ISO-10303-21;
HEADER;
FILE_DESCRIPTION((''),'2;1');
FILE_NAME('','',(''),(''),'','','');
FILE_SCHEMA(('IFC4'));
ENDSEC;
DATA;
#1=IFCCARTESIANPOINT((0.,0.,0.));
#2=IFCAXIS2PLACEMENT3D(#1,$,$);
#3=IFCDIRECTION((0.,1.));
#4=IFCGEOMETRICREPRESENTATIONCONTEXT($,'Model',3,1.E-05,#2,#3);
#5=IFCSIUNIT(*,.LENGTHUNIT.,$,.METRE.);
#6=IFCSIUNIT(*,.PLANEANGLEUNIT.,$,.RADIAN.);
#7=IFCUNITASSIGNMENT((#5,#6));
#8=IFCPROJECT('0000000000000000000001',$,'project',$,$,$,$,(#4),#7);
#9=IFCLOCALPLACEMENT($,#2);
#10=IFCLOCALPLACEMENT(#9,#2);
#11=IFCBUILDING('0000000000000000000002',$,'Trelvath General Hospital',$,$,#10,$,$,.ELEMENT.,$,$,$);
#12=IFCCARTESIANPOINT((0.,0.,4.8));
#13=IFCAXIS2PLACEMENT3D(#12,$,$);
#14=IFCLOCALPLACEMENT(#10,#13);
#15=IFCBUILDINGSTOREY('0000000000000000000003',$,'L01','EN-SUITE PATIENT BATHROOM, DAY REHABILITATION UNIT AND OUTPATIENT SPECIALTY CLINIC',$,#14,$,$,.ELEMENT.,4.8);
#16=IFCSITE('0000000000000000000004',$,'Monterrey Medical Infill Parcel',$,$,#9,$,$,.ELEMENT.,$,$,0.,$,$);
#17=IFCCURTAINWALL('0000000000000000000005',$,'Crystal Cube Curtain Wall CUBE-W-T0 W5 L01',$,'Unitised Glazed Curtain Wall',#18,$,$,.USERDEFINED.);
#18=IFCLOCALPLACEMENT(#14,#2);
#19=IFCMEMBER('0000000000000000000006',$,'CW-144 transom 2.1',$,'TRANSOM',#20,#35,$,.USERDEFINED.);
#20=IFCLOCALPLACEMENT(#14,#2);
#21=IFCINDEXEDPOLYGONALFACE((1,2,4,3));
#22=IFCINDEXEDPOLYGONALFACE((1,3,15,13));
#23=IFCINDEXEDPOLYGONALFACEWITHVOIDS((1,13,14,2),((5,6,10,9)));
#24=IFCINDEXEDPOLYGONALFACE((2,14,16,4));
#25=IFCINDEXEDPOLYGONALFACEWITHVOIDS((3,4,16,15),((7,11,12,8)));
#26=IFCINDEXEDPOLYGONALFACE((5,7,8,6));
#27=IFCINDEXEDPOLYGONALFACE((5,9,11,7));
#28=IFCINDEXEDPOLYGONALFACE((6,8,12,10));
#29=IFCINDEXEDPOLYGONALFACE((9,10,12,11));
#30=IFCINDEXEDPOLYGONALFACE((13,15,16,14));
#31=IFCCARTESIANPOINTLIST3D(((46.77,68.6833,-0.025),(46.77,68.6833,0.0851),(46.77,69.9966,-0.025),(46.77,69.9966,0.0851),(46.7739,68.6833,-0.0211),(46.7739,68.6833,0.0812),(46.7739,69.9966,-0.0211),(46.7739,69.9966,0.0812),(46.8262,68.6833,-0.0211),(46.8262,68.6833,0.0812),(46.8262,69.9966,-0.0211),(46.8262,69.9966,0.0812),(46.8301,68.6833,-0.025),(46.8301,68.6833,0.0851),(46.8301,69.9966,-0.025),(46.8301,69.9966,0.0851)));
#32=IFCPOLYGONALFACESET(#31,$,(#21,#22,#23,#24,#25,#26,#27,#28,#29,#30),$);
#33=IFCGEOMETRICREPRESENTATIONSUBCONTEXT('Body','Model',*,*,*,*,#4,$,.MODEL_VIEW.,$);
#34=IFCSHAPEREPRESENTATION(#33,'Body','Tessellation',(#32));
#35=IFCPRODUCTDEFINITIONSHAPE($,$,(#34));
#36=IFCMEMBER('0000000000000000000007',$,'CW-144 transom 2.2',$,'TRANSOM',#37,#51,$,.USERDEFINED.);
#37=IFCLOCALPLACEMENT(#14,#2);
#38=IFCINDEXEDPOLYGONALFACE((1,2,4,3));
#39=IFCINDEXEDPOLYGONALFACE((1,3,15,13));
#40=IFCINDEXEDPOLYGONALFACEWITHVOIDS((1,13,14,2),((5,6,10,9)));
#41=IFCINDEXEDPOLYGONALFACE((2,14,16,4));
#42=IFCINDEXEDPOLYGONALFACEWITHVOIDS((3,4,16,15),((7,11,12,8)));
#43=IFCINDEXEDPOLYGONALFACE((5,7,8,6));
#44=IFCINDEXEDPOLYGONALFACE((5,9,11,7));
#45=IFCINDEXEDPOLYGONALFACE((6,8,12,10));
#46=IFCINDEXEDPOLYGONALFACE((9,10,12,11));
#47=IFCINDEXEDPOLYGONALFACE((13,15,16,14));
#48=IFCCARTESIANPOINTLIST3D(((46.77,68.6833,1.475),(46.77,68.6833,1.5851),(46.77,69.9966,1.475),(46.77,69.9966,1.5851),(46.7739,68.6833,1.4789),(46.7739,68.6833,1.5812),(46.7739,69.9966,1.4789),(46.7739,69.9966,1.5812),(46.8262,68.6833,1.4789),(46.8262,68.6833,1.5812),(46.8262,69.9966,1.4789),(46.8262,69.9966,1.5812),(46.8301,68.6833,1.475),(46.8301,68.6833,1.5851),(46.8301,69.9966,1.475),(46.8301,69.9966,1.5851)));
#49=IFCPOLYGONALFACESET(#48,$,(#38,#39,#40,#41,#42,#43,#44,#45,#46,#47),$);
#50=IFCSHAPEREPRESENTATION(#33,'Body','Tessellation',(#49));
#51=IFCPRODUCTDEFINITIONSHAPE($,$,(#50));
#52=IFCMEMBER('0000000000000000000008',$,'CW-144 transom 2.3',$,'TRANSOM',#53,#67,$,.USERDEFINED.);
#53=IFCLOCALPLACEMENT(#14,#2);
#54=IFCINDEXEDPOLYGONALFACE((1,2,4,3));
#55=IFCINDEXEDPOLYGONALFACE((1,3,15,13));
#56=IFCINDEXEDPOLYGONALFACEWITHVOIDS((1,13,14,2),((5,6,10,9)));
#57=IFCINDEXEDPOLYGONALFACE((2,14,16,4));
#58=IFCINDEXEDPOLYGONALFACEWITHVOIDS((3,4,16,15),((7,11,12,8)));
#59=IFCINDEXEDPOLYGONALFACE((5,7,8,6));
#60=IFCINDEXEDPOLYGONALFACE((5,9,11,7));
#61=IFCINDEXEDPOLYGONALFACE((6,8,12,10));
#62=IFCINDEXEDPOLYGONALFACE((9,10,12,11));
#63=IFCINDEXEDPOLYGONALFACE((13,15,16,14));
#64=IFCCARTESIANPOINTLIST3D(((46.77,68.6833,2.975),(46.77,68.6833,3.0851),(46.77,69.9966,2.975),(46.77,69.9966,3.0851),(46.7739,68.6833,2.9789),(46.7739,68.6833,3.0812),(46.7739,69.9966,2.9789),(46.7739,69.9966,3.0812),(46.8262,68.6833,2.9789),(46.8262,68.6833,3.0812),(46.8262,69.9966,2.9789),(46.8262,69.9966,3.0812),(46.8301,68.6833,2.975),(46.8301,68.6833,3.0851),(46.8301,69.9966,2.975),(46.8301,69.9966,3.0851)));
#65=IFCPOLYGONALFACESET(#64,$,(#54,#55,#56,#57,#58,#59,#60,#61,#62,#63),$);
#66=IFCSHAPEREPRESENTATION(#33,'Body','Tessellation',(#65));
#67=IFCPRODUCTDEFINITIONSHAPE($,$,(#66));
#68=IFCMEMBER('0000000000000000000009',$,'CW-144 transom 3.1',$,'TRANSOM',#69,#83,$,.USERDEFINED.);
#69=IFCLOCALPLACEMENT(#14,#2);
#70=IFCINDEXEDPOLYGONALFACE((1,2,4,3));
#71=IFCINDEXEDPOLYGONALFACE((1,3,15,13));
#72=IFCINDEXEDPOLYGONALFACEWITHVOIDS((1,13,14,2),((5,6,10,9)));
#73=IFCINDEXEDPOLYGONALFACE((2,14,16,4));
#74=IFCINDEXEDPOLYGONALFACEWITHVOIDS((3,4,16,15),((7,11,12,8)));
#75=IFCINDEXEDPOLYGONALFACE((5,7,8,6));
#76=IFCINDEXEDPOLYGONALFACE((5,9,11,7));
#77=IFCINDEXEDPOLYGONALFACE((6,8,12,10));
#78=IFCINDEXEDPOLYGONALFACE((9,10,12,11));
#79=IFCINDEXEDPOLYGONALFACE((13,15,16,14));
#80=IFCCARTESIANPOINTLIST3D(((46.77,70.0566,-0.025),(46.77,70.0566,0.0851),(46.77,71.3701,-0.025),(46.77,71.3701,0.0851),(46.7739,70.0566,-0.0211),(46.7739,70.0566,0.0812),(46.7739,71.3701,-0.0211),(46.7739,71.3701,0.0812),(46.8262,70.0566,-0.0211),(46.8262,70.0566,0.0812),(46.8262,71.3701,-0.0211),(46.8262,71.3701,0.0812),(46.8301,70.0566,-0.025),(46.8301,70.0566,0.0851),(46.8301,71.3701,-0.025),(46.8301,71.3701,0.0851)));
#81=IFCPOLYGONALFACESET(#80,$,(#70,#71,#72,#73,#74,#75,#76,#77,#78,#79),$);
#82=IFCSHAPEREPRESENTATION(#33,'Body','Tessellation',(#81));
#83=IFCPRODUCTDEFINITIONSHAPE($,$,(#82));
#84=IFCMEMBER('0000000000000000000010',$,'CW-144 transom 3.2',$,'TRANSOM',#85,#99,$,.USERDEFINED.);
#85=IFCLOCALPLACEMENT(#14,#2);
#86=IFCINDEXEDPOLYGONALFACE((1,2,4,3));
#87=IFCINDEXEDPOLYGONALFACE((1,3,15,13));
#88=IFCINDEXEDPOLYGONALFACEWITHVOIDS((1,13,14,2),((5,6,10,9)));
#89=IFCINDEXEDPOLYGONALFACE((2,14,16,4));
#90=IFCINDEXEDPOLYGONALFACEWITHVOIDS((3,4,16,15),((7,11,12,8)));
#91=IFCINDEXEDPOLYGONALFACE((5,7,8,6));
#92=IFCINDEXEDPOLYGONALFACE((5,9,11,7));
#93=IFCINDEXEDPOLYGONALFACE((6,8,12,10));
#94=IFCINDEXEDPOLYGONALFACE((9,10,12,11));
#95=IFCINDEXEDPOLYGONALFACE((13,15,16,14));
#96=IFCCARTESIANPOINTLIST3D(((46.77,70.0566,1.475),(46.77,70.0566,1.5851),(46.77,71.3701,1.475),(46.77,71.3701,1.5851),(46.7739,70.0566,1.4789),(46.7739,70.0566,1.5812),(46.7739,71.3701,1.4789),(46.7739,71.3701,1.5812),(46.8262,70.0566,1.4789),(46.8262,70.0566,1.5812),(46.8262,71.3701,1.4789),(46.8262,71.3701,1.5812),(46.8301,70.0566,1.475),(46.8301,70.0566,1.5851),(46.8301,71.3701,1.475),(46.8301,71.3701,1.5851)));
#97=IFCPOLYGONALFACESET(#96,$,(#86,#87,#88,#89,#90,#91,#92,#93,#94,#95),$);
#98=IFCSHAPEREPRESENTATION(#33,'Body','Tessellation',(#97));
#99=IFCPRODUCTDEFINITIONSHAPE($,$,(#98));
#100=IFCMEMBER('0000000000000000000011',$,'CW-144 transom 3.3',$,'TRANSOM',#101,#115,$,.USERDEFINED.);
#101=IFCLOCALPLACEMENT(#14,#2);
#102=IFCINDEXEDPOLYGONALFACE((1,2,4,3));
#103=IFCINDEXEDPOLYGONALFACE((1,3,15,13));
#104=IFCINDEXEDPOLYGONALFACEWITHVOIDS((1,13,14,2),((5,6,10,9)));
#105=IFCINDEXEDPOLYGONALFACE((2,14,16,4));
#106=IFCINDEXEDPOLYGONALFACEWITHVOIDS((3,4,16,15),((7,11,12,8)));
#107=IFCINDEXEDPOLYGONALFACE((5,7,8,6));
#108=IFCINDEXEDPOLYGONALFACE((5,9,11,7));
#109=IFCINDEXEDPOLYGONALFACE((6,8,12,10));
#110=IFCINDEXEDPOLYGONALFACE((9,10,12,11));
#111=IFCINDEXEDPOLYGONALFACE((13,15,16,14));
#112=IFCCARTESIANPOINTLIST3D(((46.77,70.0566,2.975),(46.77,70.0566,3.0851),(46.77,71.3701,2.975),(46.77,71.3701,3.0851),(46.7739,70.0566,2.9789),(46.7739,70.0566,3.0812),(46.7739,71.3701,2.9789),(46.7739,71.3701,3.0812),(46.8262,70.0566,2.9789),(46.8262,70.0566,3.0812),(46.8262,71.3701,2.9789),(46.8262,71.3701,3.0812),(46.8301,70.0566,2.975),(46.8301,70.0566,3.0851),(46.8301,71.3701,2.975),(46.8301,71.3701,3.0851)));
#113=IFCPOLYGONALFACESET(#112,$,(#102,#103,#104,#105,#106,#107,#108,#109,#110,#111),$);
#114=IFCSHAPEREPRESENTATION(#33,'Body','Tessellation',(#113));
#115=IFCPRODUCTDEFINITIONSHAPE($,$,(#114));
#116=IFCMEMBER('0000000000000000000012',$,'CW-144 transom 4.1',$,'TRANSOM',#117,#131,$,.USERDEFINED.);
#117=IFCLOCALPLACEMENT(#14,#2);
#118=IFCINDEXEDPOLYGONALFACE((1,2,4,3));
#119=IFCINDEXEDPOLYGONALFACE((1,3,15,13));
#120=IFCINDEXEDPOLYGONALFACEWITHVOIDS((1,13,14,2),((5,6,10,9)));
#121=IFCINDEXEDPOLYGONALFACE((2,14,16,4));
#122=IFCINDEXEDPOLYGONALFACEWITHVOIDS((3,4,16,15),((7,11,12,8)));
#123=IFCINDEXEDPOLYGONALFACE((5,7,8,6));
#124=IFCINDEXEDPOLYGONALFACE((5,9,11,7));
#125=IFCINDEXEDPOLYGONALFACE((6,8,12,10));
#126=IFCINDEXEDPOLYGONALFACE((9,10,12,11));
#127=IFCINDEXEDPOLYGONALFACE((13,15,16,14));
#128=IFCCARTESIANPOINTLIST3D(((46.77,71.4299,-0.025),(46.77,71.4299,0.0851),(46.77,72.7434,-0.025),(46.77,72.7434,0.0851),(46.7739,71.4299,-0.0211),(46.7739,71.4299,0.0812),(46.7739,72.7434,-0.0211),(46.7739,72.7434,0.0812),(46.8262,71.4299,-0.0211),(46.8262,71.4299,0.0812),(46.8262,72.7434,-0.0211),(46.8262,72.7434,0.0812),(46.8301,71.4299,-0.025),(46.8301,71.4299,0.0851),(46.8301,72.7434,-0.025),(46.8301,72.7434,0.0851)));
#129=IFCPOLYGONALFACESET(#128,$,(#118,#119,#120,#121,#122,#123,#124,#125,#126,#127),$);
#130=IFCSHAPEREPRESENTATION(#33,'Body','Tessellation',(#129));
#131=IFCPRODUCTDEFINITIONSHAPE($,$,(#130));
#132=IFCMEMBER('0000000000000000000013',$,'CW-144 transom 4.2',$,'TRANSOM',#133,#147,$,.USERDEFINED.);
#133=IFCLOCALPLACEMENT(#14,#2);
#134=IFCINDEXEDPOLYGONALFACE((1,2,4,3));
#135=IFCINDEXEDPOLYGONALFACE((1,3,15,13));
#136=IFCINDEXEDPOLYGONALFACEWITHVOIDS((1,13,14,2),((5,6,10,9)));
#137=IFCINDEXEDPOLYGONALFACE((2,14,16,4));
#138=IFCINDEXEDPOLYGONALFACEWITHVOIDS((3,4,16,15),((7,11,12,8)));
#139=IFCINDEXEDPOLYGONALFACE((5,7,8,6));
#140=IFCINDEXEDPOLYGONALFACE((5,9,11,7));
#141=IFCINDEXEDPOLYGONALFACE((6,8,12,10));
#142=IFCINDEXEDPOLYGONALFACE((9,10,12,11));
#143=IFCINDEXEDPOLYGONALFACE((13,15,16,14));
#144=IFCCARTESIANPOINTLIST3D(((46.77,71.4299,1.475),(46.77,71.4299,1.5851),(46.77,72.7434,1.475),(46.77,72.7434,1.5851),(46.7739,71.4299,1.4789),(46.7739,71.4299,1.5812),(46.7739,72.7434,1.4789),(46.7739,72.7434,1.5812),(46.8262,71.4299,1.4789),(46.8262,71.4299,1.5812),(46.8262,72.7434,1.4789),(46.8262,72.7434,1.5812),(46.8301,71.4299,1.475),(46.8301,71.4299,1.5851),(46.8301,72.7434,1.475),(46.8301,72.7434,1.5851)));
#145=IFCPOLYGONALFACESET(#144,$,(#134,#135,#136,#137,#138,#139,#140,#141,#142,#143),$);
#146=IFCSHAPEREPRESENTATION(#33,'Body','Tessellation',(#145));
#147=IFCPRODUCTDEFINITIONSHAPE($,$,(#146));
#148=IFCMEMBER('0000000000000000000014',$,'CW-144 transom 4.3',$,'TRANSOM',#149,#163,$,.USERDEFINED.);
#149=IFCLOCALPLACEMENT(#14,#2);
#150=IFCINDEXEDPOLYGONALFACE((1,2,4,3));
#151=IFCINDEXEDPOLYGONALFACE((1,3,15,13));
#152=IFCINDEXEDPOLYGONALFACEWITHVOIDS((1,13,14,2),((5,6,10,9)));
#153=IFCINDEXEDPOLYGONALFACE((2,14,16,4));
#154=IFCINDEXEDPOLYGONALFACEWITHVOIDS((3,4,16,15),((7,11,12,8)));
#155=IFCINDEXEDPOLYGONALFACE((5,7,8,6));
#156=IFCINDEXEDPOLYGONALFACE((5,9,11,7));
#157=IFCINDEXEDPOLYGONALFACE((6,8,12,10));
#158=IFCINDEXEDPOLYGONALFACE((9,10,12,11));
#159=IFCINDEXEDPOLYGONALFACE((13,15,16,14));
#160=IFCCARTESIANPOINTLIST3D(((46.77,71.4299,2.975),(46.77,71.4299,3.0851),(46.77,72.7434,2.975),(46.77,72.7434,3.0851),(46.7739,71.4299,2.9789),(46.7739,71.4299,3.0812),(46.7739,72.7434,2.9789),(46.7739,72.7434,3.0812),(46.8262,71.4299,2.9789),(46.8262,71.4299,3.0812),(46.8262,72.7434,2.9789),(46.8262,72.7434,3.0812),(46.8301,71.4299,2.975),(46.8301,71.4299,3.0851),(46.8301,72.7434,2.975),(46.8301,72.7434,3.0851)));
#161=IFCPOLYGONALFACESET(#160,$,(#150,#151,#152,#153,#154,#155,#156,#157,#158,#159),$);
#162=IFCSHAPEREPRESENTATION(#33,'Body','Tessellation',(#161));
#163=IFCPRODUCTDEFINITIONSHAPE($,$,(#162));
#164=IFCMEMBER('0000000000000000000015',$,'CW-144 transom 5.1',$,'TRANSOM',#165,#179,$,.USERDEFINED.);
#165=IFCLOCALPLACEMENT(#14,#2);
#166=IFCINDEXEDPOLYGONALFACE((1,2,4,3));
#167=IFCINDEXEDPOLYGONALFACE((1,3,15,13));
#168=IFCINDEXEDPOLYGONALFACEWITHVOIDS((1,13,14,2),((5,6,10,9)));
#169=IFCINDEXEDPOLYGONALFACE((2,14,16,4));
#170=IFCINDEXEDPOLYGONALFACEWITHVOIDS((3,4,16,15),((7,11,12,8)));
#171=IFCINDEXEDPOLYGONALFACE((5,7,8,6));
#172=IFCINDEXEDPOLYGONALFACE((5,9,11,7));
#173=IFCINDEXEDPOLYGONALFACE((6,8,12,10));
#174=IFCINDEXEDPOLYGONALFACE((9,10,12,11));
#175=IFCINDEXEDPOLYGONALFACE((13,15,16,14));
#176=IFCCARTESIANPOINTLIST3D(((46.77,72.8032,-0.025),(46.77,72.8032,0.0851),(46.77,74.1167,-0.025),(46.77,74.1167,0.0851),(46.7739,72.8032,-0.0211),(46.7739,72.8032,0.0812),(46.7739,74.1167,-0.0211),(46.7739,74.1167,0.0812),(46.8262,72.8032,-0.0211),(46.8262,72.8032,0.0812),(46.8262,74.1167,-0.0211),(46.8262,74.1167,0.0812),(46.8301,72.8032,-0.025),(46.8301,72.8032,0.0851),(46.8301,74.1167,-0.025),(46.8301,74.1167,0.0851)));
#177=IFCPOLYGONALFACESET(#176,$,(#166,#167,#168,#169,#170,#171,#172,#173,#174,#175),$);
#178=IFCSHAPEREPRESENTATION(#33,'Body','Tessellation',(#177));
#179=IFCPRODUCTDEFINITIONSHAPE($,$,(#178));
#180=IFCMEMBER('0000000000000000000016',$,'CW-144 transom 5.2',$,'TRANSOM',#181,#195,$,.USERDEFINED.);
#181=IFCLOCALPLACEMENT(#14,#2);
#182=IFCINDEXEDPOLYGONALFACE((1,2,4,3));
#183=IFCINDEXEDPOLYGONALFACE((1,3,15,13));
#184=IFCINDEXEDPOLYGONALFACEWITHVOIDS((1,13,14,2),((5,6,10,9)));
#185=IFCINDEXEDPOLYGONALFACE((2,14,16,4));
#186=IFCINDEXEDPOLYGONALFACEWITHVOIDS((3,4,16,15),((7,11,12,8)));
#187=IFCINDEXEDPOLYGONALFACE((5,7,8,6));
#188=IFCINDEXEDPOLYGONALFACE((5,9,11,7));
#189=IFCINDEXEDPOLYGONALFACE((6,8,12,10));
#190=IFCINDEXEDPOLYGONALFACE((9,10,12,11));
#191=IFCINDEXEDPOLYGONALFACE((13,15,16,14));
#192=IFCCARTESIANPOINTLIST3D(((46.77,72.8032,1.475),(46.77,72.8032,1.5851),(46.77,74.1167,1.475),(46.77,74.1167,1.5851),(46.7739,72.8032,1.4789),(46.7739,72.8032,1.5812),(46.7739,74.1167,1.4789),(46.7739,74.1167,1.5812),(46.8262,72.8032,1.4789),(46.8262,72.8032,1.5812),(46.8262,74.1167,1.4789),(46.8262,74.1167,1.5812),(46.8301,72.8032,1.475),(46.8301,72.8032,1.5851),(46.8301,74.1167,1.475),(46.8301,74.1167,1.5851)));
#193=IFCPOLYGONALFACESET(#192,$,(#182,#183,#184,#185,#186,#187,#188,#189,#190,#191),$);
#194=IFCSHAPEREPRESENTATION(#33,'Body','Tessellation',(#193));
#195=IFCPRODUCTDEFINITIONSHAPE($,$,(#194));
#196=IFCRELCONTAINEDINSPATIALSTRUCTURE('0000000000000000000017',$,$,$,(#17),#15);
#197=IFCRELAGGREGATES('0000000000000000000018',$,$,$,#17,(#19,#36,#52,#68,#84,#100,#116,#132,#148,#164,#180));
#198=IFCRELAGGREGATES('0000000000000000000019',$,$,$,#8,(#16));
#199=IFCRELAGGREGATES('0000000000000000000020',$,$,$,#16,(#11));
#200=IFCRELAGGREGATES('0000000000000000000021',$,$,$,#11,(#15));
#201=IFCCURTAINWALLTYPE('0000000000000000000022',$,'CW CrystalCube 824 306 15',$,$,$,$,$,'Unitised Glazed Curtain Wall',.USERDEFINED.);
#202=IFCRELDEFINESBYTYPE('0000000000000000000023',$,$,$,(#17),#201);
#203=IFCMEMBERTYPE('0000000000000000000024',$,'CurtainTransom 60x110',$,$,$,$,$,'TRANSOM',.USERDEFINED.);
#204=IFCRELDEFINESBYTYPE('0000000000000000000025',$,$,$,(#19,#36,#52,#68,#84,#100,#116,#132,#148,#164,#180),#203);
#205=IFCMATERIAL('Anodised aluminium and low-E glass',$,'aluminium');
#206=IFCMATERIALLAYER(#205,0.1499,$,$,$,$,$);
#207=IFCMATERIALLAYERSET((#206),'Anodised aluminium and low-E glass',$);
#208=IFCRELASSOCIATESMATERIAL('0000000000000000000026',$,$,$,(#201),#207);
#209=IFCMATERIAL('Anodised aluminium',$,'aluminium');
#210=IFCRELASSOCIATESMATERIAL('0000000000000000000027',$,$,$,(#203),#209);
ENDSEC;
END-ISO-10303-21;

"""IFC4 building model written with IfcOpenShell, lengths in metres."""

from ifc_helpers import new_model, si_unit, direction, frame, origin, origin_2d, place, context, subcontext, project, spatial, hollow_rectangle, extrude, material, layer, layer_set, material_profile, profile_set, type_object, element, aggregate, save


model = new_model("IFC4")

# Units and contexts
model_context = context("Model", 3, precision=1e-05, world=origin(), true_north=direction((0.0, 1.0)))
body_context = subcontext(model_context, "Body", "Model", "MODEL_VIEW")
ifc_project = project(units=[si_unit("LENGTHUNIT", "METRE"), si_unit("PLANEANGLEUNIT", "RADIAN")], contexts=[model_context])

# Site, building, storey
site_placement = place(None, origin())
site = spatial("IfcSite", under=ifc_project, at=site_placement, Name="Monterrey Medical Infill Parcel", CompositionType="ELEMENT", RefElevation=0.0)
building_placement = place(site_placement, origin())
building = spatial("IfcBuilding", under=site, at=building_placement, Name="Trelvath General Hospital", CompositionType="ELEMENT")
storey_placement = place(building_placement, frame((0.0, 0.0, 4.8)))
storey = spatial("IfcBuildingStorey", under=building, at=storey_placement, Name="L01", Description="EN-SUITE PATIENT BATHROOM, DAY REHABILITATION UNIT AND OUTPATIENT SPECIALTY CLINIC", CompositionType="ELEMENT", Elevation=4.8)

# Curtain wall, members
ifc_material_1 = material(Name="Anodised aluminium and low-E glass", Category="aluminium")
ifc_layer_1 = layer(ifc_material_1, 0.1499)
ifc_layer_set_1 = layer_set([ifc_layer_1], Name="Anodised aluminium and low-E glass")
curtain_wall_type = type_object("IfcCurtainWallType", Name="CW CrystalCube 824 306 15", ElementType="Unitised Glazed Curtain Wall", PredefinedType="USERDEFINED", material=ifc_layer_set_1)
curtain_wall_placement = place(storey_placement, origin())
curtain_wall = element("IfcCurtainWall", 1, at=curtain_wall_placement, inside=storey, type_object=curtain_wall_type, Name="Crystal Cube Curtain Wall CUBE-W-T0 W5 L01", ObjectType="Unitised Glazed Curtain Wall", PredefinedType="USERDEFINED")
ifc_material_2 = material(Name="Anodised aluminium", Category="aluminium")
ifc_material_profile_1 = material_profile(ifc_material_2, hollow_rectangle(XDim=0.0601, YDim=0.1101, WallThickness=0.0039, at=origin_2d()), Name="RHS60x110x4")
ifc_profile_set_1 = profile_set([ifc_material_profile_1], Name="Anodised aluminium")
member_type_1 = type_object("IfcMemberType", Name="CurtainTransom 60x110", ElementType="TRANSOM", PredefinedType="USERDEFINED", material=ifc_profile_set_1)
member_1_placement = place(storey_placement, frame((46.8, 68.6833, 0.03), z_axis=(0.0, 1.0, 0.0), x_axis=(-1.0, 0.0, 0.0)))
member_1 = element("IfcMember", 2, at=member_1_placement, type_object=member_type_1, Name="CW-144 transom 2.1", ObjectType="TRANSOM", PredefinedType="USERDEFINED", context=body_context, shape_type="SweptSolid", body=[
    extrude(hollow_rectangle(XDim=0.0601, YDim=0.1101, WallThickness=0.0039, at=origin_2d()), origin(), (0.0, 0.0, 1.0), 1.3132),
])
member_2_placement = place(storey_placement, frame((46.8, 68.6833, 1.53), z_axis=(0.0, 1.0, 0.0), x_axis=(-1.0, 0.0, 0.0)))
member_2 = element("IfcMember", 3, at=member_2_placement, type_object=member_type_1, Name="CW-144 transom 2.2", ObjectType="TRANSOM", PredefinedType="USERDEFINED", context=body_context, shape_type="SweptSolid", body=[
    extrude(hollow_rectangle(XDim=0.0601, YDim=0.1101, WallThickness=0.0039, at=origin_2d()), origin(), (0.0, 0.0, 1.0), 1.3132),
])
member_3_placement = place(storey_placement, frame((46.8, 68.6833, 3.03), z_axis=(0.0, 1.0, 0.0), x_axis=(-1.0, 0.0, 0.0)))
member_3 = element("IfcMember", 4, at=member_3_placement, type_object=member_type_1, Name="CW-144 transom 2.3", ObjectType="TRANSOM", PredefinedType="USERDEFINED", context=body_context, shape_type="SweptSolid", body=[
    extrude(hollow_rectangle(XDim=0.0601, YDim=0.1101, WallThickness=0.0039, at=origin_2d()), origin(), (0.0, 0.0, 1.0), 1.3132),
])
member_4_placement = place(storey_placement, frame((46.8, 70.0566, 0.03), z_axis=(0.0, 1.0, 0.0), x_axis=(-1.0, 0.0, 0.0)))
member_4 = element("IfcMember", 5, at=member_4_placement, type_object=member_type_1, Name="CW-144 transom 3.1", ObjectType="TRANSOM", PredefinedType="USERDEFINED", context=body_context, shape_type="SweptSolid", body=[
    extrude(hollow_rectangle(XDim=0.0601, YDim=0.1101, WallThickness=0.0039, at=origin_2d()), origin(), (0.0, 0.0, 1.0), 1.3135),
])
member_5_placement = place(storey_placement, frame((46.8, 70.0566, 1.53), z_axis=(0.0, 1.0, 0.0), x_axis=(-1.0, 0.0, 0.0)))
member_5 = element("IfcMember", 6, at=member_5_placement, type_object=member_type_1, Name="CW-144 transom 3.2", ObjectType="TRANSOM", PredefinedType="USERDEFINED", context=body_context, shape_type="SweptSolid", body=[
    extrude(hollow_rectangle(XDim=0.0601, YDim=0.1101, WallThickness=0.0039, at=origin_2d()), origin(), (0.0, 0.0, 1.0), 1.3135),
])
member_6_placement = place(storey_placement, frame((46.8, 70.0566, 3.03), z_axis=(0.0, 1.0, 0.0), x_axis=(-1.0, 0.0, 0.0)))
member_6 = element("IfcMember", 7, at=member_6_placement, type_object=member_type_1, Name="CW-144 transom 3.3", ObjectType="TRANSOM", PredefinedType="USERDEFINED", context=body_context, shape_type="SweptSolid", body=[
    extrude(hollow_rectangle(XDim=0.0601, YDim=0.1101, WallThickness=0.0039, at=origin_2d()), origin(), (0.0, 0.0, 1.0), 1.3135),
])
member_7_placement = place(storey_placement, frame((46.8, 71.4299, 0.03), z_axis=(0.0, 1.0, 0.0), x_axis=(-1.0, 0.0, 0.0)))
member_7 = element("IfcMember", 8, at=member_7_placement, type_object=member_type_1, Name="CW-144 transom 4.1", ObjectType="TRANSOM", PredefinedType="USERDEFINED", context=body_context, shape_type="SweptSolid", body=[
    extrude(hollow_rectangle(XDim=0.0601, YDim=0.1101, WallThickness=0.0039, at=origin_2d()), origin(), (0.0, 0.0, 1.0), 1.3135),
])
member_8_placement = place(storey_placement, frame((46.8, 71.4299, 1.53), z_axis=(0.0, 1.0, 0.0), x_axis=(-1.0, 0.0, 0.0)))
member_8 = element("IfcMember", 9, at=member_8_placement, type_object=member_type_1, Name="CW-144 transom 4.2", ObjectType="TRANSOM", PredefinedType="USERDEFINED", context=body_context, shape_type="SweptSolid", body=[
    extrude(hollow_rectangle(XDim=0.0601, YDim=0.1101, WallThickness=0.0039, at=origin_2d()), origin(), (0.0, 0.0, 1.0), 1.3135),
])
member_9_placement = place(storey_placement, frame((46.8, 71.4299, 3.03), z_axis=(0.0, 1.0, 0.0), x_axis=(-1.0, 0.0, 0.0)))
member_9 = element("IfcMember", 10, at=member_9_placement, type_object=member_type_1, Name="CW-144 transom 4.3", ObjectType="TRANSOM", PredefinedType="USERDEFINED", context=body_context, shape_type="SweptSolid", body=[
    extrude(hollow_rectangle(XDim=0.0601, YDim=0.1101, WallThickness=0.0039, at=origin_2d()), origin(), (0.0, 0.0, 1.0), 1.3135),
])
member_10_placement = place(storey_placement, frame((46.8, 72.8032, 0.03), z_axis=(0.0, 1.0, 0.0), x_axis=(-1.0, 0.0, 0.0)))
member_10 = element("IfcMember", 11, at=member_10_placement, type_object=member_type_1, Name="CW-144 transom 5.1", ObjectType="TRANSOM", PredefinedType="USERDEFINED", context=body_context, shape_type="SweptSolid", body=[
    extrude(hollow_rectangle(XDim=0.0601, YDim=0.1101, WallThickness=0.0039, at=origin_2d()), origin(), (0.0, 0.0, 1.0), 1.3135),
])
member_11_placement = place(storey_placement, frame((46.8, 72.8032, 1.53), z_axis=(0.0, 1.0, 0.0), x_axis=(-1.0, 0.0, 0.0)))
member_11 = element("IfcMember", 12, at=member_11_placement, type_object=member_type_1, Name="CW-144 transom 5.2", ObjectType="TRANSOM", PredefinedType="USERDEFINED", context=body_context, shape_type="SweptSolid", body=[
    extrude(hollow_rectangle(XDim=0.0601, YDim=0.1101, WallThickness=0.0039, at=origin_2d()), origin(), (0.0, 0.0, 1.0), 1.3135),
])
aggregate(curtain_wall, [member_1, member_2, member_3, member_4, member_5, member_6, member_7, member_8, member_9, member_10, member_11])

save(model, "model.ifc")
